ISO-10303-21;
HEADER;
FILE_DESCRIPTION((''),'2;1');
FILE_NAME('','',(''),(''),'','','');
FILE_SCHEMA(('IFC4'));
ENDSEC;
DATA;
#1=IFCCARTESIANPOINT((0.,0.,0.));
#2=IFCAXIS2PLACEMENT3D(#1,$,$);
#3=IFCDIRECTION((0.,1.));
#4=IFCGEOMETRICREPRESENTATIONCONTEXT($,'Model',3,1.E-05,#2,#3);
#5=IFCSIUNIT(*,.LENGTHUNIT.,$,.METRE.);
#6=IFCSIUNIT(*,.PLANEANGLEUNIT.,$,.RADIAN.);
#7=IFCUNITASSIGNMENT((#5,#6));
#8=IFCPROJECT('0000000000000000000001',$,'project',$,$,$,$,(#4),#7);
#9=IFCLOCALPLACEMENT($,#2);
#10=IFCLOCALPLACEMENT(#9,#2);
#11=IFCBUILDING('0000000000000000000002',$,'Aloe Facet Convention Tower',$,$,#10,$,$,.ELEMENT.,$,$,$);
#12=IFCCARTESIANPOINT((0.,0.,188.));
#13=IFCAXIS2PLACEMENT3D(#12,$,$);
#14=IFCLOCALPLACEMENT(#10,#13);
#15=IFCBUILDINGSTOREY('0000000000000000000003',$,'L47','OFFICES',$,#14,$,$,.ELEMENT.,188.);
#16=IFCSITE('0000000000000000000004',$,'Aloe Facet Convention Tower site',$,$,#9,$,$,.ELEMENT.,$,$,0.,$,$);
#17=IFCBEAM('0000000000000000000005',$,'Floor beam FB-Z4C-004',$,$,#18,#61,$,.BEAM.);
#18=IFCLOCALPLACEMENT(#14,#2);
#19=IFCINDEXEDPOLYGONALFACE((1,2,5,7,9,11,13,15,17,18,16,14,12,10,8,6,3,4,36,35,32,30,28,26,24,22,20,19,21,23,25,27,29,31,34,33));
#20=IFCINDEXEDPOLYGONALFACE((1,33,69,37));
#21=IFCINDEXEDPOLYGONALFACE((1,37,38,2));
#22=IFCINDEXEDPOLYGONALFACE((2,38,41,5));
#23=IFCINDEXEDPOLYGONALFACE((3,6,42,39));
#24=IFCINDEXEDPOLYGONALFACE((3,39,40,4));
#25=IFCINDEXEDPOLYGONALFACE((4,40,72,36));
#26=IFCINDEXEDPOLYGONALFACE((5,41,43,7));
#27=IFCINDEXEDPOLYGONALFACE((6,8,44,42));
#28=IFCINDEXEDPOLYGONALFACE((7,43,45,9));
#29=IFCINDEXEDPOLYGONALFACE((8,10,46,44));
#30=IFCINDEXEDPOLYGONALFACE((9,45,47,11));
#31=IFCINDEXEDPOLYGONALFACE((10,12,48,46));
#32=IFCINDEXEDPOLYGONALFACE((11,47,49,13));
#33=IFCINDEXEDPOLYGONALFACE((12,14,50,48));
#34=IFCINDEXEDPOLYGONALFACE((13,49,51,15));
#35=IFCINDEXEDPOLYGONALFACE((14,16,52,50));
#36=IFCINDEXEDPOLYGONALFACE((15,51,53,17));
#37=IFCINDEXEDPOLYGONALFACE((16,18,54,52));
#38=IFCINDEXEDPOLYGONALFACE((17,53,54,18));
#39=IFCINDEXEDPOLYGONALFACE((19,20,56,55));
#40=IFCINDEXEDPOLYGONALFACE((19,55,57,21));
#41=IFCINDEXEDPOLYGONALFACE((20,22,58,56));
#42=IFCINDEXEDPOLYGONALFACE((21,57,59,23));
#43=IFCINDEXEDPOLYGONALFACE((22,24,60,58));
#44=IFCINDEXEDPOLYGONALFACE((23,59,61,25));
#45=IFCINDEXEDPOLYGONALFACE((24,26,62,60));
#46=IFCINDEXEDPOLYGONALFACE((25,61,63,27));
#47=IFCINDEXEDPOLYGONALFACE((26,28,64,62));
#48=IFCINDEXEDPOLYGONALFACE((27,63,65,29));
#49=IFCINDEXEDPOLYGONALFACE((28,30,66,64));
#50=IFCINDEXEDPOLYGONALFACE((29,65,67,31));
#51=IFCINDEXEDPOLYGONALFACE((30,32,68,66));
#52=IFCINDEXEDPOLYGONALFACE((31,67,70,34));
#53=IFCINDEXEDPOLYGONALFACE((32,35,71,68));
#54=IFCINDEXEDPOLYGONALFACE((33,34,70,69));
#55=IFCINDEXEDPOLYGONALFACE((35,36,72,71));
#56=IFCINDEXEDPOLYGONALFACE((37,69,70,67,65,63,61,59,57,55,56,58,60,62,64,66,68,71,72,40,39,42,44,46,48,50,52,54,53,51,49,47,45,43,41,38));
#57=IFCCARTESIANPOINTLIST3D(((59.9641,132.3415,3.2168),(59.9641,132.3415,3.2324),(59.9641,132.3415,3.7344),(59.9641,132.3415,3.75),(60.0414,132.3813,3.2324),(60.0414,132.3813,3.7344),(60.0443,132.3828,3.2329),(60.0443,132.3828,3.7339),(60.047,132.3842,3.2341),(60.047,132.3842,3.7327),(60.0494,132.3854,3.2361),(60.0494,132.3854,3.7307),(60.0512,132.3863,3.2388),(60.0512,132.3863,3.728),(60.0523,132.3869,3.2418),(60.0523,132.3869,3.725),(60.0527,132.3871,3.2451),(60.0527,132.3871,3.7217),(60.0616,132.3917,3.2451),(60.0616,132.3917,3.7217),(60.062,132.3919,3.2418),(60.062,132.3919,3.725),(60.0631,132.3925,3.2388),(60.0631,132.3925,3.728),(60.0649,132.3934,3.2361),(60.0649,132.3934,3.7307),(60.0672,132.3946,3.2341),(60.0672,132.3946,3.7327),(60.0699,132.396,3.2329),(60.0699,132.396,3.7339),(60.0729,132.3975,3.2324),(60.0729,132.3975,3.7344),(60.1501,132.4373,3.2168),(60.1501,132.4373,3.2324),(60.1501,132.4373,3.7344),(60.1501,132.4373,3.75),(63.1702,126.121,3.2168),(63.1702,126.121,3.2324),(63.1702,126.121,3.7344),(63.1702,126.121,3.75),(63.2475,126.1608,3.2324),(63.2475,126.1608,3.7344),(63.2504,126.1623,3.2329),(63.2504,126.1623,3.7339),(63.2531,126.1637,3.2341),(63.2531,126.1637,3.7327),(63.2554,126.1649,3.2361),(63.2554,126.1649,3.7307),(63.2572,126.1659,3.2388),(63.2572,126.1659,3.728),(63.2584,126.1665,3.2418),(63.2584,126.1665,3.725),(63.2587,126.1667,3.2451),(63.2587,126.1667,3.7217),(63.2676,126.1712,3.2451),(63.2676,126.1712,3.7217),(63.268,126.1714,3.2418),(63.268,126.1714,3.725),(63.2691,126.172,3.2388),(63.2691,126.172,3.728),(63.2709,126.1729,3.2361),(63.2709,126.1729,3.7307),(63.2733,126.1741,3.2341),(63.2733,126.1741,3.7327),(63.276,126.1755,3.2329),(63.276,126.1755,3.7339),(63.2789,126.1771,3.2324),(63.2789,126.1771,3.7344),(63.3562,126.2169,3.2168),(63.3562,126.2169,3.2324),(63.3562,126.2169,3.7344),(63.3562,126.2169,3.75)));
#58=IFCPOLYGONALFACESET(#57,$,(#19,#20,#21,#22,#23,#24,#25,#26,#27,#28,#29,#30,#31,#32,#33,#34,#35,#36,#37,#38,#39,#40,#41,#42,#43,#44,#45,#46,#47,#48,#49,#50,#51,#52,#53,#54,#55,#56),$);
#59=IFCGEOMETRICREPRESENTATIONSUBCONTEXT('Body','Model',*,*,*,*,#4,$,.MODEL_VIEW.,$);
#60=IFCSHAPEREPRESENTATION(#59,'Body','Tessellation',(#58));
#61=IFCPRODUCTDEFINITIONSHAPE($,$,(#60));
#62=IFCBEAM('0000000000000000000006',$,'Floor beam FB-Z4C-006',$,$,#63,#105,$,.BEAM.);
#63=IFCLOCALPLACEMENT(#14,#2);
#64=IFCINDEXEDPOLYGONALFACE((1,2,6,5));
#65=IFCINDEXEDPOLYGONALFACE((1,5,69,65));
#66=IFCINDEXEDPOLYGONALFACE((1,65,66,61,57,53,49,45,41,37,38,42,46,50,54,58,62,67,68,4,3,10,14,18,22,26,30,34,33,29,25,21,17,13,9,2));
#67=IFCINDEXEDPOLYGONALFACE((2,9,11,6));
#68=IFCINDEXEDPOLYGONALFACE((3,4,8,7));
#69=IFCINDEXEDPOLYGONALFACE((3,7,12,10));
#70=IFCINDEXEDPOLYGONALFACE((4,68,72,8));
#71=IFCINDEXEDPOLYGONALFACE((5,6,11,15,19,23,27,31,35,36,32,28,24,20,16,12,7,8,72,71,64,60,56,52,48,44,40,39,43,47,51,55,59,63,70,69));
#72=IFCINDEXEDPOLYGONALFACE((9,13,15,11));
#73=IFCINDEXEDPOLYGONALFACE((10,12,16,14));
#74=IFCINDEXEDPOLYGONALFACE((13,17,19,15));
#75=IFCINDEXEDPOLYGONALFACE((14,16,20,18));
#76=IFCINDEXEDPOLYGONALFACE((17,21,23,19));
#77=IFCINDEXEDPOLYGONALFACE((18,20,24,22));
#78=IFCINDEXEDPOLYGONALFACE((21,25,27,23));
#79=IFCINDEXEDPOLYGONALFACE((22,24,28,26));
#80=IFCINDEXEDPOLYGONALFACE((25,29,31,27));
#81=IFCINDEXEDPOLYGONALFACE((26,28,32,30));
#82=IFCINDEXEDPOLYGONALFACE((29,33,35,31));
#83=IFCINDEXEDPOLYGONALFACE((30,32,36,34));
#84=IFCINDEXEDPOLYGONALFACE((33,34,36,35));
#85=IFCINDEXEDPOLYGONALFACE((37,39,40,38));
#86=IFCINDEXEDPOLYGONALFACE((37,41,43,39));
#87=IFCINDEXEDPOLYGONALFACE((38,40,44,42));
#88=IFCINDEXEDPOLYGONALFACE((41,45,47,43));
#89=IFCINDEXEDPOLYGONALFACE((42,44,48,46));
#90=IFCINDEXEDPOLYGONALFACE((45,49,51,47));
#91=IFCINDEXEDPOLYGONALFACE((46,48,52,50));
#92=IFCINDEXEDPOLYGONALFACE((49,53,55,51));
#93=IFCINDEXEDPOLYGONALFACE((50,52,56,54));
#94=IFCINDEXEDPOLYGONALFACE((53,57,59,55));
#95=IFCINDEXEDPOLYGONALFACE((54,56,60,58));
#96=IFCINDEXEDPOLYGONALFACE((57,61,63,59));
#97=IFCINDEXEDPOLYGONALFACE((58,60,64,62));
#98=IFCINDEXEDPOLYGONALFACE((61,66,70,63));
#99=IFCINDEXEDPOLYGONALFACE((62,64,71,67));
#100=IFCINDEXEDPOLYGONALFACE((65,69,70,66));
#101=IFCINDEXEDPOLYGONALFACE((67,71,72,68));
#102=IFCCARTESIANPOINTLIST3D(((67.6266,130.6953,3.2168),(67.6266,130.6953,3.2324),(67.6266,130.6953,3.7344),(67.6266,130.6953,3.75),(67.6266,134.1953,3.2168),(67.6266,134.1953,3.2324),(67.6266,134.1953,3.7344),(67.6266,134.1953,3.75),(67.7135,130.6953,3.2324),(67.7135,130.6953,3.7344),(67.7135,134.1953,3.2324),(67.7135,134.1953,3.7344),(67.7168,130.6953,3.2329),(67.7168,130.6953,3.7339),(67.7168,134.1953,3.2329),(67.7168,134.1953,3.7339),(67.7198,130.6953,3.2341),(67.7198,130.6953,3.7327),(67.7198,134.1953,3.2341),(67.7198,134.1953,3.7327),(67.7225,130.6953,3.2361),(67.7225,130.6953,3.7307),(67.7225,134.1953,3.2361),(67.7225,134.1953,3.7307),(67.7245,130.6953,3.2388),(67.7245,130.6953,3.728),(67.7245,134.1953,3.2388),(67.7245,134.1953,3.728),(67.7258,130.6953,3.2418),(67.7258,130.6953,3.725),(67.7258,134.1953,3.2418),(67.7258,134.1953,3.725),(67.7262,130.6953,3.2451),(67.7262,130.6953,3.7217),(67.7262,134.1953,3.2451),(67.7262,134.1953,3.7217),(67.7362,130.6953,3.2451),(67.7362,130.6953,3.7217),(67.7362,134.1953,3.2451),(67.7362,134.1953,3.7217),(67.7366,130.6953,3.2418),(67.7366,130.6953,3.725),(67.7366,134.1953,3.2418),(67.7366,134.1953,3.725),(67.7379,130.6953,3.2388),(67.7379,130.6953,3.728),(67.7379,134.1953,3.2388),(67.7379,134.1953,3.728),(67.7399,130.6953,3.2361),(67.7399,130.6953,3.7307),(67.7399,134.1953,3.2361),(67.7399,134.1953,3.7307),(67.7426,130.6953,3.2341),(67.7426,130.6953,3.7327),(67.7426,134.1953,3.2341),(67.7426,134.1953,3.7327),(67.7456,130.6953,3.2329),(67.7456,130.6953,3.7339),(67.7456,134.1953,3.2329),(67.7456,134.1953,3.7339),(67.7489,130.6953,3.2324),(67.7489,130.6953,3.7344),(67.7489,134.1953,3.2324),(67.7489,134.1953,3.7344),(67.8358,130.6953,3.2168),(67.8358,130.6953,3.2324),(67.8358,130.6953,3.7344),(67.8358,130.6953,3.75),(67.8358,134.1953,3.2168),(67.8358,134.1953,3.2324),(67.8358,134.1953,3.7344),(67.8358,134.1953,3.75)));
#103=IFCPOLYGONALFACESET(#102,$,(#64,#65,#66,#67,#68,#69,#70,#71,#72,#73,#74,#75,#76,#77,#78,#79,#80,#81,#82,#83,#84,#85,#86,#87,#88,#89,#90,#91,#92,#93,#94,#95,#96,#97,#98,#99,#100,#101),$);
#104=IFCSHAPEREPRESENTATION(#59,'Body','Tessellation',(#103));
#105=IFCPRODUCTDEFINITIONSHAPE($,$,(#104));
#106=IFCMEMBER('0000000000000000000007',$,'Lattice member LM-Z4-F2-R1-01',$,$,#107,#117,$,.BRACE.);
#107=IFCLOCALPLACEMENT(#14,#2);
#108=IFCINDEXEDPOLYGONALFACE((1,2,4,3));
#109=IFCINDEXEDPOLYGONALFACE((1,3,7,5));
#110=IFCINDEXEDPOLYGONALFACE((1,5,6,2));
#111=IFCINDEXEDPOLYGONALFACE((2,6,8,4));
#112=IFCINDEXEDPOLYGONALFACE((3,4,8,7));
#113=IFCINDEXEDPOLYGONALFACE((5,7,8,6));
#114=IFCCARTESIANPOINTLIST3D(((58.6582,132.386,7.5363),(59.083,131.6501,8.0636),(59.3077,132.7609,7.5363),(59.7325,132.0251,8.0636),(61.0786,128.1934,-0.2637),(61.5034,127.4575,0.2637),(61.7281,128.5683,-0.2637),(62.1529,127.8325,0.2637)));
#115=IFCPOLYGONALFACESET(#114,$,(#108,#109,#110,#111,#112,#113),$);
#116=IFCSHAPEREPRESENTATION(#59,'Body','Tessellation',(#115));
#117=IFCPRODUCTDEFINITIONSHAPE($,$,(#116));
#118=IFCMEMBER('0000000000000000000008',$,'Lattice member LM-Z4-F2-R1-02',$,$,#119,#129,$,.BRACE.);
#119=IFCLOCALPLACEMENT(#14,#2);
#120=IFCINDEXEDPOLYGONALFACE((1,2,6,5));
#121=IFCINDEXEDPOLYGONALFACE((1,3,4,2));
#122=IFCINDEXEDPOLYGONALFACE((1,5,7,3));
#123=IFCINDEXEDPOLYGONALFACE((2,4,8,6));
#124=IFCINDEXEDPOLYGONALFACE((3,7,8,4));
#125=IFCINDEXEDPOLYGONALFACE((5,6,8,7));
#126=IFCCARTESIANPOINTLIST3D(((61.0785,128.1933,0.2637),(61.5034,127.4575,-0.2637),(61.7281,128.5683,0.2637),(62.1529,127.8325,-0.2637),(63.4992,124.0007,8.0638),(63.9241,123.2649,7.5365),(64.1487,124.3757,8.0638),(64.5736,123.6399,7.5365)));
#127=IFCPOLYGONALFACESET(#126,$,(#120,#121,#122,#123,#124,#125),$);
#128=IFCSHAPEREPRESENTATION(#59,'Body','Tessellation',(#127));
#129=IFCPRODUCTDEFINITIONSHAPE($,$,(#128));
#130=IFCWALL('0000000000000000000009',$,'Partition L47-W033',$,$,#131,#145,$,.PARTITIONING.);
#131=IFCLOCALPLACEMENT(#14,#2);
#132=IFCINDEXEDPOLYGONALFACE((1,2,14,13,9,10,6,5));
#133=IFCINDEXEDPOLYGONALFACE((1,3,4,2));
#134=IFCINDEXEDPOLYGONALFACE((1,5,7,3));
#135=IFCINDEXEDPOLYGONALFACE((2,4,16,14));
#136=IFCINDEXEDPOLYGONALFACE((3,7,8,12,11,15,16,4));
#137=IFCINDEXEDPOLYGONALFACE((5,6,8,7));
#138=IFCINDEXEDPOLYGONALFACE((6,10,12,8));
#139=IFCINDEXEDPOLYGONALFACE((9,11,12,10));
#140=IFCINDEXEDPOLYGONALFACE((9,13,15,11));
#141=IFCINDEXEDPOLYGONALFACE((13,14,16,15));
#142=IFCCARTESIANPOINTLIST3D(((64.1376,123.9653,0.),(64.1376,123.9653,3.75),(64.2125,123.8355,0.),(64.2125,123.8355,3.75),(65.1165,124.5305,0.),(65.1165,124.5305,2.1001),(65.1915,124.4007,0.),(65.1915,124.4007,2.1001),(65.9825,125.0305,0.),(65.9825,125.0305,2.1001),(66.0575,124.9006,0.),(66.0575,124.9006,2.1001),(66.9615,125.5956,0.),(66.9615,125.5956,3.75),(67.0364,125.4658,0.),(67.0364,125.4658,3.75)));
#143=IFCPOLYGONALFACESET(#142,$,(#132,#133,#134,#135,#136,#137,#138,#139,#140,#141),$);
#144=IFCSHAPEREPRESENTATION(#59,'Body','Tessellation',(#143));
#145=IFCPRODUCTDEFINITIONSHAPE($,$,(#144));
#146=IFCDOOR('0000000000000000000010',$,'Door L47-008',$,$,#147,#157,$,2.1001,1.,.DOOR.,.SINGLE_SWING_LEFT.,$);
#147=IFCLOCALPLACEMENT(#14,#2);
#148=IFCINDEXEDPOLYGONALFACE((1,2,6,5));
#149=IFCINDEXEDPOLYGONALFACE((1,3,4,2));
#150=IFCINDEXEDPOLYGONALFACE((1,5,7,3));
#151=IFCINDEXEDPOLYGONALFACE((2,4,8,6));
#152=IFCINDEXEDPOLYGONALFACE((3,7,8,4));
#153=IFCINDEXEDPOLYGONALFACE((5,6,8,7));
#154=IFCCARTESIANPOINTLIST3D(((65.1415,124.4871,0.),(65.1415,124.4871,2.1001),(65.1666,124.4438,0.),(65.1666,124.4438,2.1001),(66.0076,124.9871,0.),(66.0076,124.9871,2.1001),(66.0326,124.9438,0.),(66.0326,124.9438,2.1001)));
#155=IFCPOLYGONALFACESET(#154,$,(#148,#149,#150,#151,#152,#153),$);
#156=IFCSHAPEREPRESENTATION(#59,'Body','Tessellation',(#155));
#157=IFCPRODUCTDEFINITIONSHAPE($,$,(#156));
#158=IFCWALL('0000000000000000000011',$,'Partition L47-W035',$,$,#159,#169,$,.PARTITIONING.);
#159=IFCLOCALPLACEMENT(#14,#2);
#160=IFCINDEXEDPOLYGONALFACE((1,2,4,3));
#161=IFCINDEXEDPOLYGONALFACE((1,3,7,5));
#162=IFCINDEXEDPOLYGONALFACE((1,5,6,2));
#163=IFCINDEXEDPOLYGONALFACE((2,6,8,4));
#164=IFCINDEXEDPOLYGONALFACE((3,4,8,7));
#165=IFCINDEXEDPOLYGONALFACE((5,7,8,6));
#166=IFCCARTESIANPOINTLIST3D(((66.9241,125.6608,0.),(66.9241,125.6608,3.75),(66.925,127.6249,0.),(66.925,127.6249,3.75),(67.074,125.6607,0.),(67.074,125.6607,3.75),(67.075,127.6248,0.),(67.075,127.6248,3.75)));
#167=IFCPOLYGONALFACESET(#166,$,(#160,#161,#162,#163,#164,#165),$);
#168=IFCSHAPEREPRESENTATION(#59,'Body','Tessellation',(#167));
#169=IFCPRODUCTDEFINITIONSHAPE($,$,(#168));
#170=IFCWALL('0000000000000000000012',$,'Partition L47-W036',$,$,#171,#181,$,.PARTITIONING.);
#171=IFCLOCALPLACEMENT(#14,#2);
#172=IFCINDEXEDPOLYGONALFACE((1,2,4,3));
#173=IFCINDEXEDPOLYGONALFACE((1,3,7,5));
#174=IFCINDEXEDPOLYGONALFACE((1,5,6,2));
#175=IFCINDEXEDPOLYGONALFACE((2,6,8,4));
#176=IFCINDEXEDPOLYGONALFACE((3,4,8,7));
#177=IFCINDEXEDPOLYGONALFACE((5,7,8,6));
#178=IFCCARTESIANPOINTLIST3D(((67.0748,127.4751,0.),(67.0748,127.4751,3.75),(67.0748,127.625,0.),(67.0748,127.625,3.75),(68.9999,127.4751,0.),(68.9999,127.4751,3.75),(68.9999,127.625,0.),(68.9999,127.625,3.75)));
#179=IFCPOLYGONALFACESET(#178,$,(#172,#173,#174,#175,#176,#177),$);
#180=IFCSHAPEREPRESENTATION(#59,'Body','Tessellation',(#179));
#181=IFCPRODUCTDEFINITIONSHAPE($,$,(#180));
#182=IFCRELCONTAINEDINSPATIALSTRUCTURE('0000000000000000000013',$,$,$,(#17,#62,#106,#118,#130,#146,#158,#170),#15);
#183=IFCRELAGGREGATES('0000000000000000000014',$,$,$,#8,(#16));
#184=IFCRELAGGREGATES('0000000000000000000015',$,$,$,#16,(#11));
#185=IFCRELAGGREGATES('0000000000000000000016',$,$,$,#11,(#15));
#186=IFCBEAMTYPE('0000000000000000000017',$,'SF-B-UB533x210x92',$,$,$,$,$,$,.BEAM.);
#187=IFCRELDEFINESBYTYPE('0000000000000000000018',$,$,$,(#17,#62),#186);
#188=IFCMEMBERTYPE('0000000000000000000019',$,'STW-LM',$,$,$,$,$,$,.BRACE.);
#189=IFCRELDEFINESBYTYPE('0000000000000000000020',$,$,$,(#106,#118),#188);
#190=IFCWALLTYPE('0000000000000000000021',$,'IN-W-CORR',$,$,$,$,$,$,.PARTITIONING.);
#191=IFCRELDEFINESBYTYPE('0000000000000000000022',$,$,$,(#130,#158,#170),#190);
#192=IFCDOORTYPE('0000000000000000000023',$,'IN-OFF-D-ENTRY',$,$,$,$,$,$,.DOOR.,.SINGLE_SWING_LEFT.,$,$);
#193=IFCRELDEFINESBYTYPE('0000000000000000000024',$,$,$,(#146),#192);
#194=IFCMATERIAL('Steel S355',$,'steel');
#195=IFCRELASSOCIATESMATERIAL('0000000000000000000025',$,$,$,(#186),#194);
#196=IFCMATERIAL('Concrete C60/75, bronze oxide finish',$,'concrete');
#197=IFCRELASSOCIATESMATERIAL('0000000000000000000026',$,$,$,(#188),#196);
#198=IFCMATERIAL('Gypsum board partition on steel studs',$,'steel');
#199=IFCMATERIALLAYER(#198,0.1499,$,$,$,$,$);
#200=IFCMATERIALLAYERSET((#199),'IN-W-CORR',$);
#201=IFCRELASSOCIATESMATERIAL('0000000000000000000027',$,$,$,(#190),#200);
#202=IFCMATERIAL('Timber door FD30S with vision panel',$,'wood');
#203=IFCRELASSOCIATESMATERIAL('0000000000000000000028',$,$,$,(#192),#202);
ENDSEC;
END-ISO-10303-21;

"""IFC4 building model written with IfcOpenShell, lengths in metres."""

from ifc_helpers import new_model, si_unit, direction, frame, frame_2d, origin, origin_2d, place, context, subcontext, project, spatial, rectangle, i_section, extrude, material, layer, layer_set, material_profile, profile_set, type_object, element, fill, save


model = new_model("IFC4")

# Units and contexts
model_context = context("Model", 3, precision=1e-05, world=origin(), true_north=direction((0.0, 1.0)))
body_context = subcontext(model_context, "Body", "Model", "MODEL_VIEW")
ifc_project = project(units=[si_unit("LENGTHUNIT", "METRE"), si_unit("PLANEANGLEUNIT", "RADIAN")], contexts=[model_context])

# Site, building, storey
site_placement = place(None, origin())
site = spatial("IfcSite", under=ifc_project, at=site_placement, Name="Aloe Facet Convention Tower site", CompositionType="ELEMENT", RefElevation=0.0)
building_placement = place(site_placement, origin())
building = spatial("IfcBuilding", under=site, at=building_placement, Name="Aloe Facet Convention Tower", CompositionType="ELEMENT")
storey_placement = place(building_placement, frame((0.0, 0.0, 188.0)))
storey = spatial("IfcBuildingStorey", under=building, at=storey_placement, Name="L47", Description="OFFICES", CompositionType="ELEMENT", Elevation=188.0)

# Beams
ifc_material_1 = material(Name="Steel S355", Category="steel")
ifc_material_profile_1 = material_profile(ifc_material_1, i_section(OverallWidth=0.2092, OverallDepth=0.5332, WebThickness=0.01, FlangeThickness=0.0156, FilletRadius=0.0127, at=origin_2d()), Name="UB 533x210x92")
ifc_profile_set_1 = profile_set([ifc_material_profile_1], Name="Steel S355")
beam_type_1 = type_object("IfcBeamType", Name="SF-B-UB533x210x92", PredefinedType="BEAM", material=ifc_profile_set_1)
beam_1_placement = place(storey_placement, frame((63.2632, 126.1689, 3.4834), z_axis=(-0.458135, 0.888883, 0.0), x_axis=(-0.888883, -0.458135, 0.0)))
element("IfcBeam", 1, at=beam_1_placement, inside=storey, type_object=beam_type_1, Name="Floor beam FB-Z4C-004", PredefinedType="BEAM", context=body_context, shape_type="SweptSolid", body=[
    extrude(i_section(OverallWidth=0.2092, OverallDepth=0.5332, WebThickness=0.01, FlangeThickness=0.0156, FilletRadius=0.0127, at=origin_2d()), origin(), (0.0, 0.0, 1.0), 6.998),
])
beam_2_placement = place(storey_placement, frame((67.7312, 130.6953, 3.4834), z_axis=(0.0, 1.0, 0.0), x_axis=(-1.0, 0.0, 0.0)))
element("IfcBeam", 2, at=beam_2_placement, inside=storey, type_object=beam_type_1, Name="Floor beam FB-Z4C-006", PredefinedType="BEAM", context=body_context, shape_type="SweptSolid", body=[
    extrude(i_section(OverallWidth=0.2092, OverallDepth=0.5332, WebThickness=0.01, FlangeThickness=0.0156, FilletRadius=0.0127, at=origin_2d()), origin(), (0.0, 0.0, 1.0), 3.5),
])

# Members
ifc_material_2 = material(Name="Concrete C60/75, bronze oxide finish", Category="concrete")
ifc_material_profile_2 = material_profile(ifc_material_2, rectangle(XDim=0.75, YDim=1.0, at=origin_2d()), Name="STW-LM")
ifc_profile_set_2 = profile_set([ifc_material_profile_2], Name="Concrete C60/75, bronze oxide finish")
member_type = type_object("IfcMemberType", Name="STW-LM", PredefinedType="BRACE", material=ifc_profile_set_2)
member_1_placement = place(storey_placement, frame((61.6157, 128.0129, 0.0), z_axis=(-0.263654, 0.4567, 0.849654), x_axis=(-0.866044, -0.499968, 0.0)))
element("IfcMember", 3, at=member_1_placement, inside=storey, type_object=member_type, Name="Lattice member LM-Z4-F2-R1-01", PredefinedType="BRACE", context=body_context, shape_type="SweptSolid", body=[
    extrude(rectangle(XDim=0.75, YDim=1.0, at=origin_2d()), origin(), (0.0, 0.0, 1.0), 9.1802),
])
member_2_placement = place(storey_placement, frame((61.6157, 128.0129, 0.0), z_axis=(0.263678, -0.456697, 0.849648), x_axis=(0.866022, 0.500006, 0.0)))
element("IfcMember", 4, at=member_2_placement, inside=storey, type_object=member_type, Name="Lattice member LM-Z4-F2-R1-02", PredefinedType="BRACE", context=body_context, shape_type="SweptSolid", body=[
    extrude(rectangle(XDim=0.75, YDim=1.0, at=origin_2d()), origin(), (0.0, 0.0, 1.0), 9.1804),
])

# Wall, opening, door
ifc_material_3 = material(Name="Gypsum board partition on steel studs", Category="steel")
ifc_layer_1 = layer(ifc_material_3, 0.1499)
ifc_layer_set_1 = layer_set([ifc_layer_1], Name="IN-W-CORR")
wall_type_1 = type_object("IfcWallType", Name="IN-W-CORR", PredefinedType="PARTITIONING", material=ifc_layer_set_1)
wall_1_placement = place(storey_placement, frame((64.175, 123.9004, 0.0), z_axis=(0.0, 0.0, 1.0), x_axis=(0.866032, 0.499988, 0.0)))
wall_1 = element("IfcWall", 5, at=wall_1_placement, inside=storey, type_object=wall_type_1, Name="Partition L47-W033", PredefinedType="PARTITIONING", context=body_context, shape_type="SweptSolid", body=[
    extrude(rectangle(XDim=3.2607, YDim=0.1499, at=frame_2d((1.6304, 0.0))), origin(), (0.0, 0.0, 1.0), 3.75),
])
opening_placement = place(wall_1_placement, frame((1.1304, 0.0, 0.0)))
opening = element("IfcOpeningElement", 6, at=opening_placement, cuts=wall_1, PredefinedType="OPENING", context=body_context, shape_type="SweptSolid", body=[
    extrude(rectangle(XDim=1.0, YDim=2.1001, at=frame_2d((0.5, 1.05))), frame((0.0, 0.085, 0.0), z_axis=(0.0, -1.0, 0.0), x_axis=(1.0, 0.0, 0.0)), (0.0, 0.0, 1.0), 0.1699),
])
ifc_material_4 = material(Name="Timber door FD30S with vision panel", Category="wood")
door_type = type_object("IfcDoorType", Name="IN-OFF-D-ENTRY", OperationType="SINGLE_SWING_LEFT", PredefinedType="DOOR", material=ifc_material_4)
door_placement = place(opening_placement, origin())
door = element("IfcDoor", 7, at=door_placement, inside=storey, type_object=door_type, Name="Door L47-008", OperationType="SINGLE_SWING_LEFT", OverallHeight=2.1001, OverallWidth=1.0, PredefinedType="DOOR", context=body_context, shape_type="SweptSolid", body=[
    extrude(rectangle(XDim=1.0, YDim=2.1001, at=frame_2d((0.5, 1.05))), frame((0.0, 0.0249, 0.0), z_axis=(0.0, -1.0, 0.0), x_axis=(1.0, 0.0, 0.0)), (0.0, 0.0, 1.0), 0.05),
])
fill(opening, door)

# Walls
wall_2_placement = place(storey_placement, frame((66.999, 125.6609, 0.0), z_axis=(0.0, 0.0, 1.0), x_axis=(0.000497, 1.0, 0.0)))
element("IfcWall", 8, at=wall_2_placement, inside=storey, type_object=wall_type_1, Name="Partition L47-W035", PredefinedType="PARTITIONING", context=body_context, shape_type="SweptSolid", body=[
    extrude(rectangle(XDim=1.9641, YDim=0.1499, at=frame_2d((0.9819, 0.0))), origin(), (0.0, 0.0, 1.0), 3.75),
])
wall_3_placement = place(storey_placement, frame((67.075, 127.55, 0.0), z_axis=(0.0, 0.0, 1.0), x_axis=(1.0, 0.0, 0.0)))
element("IfcWall", 9, at=wall_3_placement, inside=storey, type_object=wall_type_1, Name="Partition L47-W036", PredefinedType="PARTITIONING", context=body_context, shape_type="SweptSolid", body=[
    extrude(rectangle(XDim=1.925, YDim=0.1499, at=frame_2d((0.9624, 0.0))), origin(), (0.0, 0.0, 1.0), 3.75),
])

save(model, "model.ifc")
